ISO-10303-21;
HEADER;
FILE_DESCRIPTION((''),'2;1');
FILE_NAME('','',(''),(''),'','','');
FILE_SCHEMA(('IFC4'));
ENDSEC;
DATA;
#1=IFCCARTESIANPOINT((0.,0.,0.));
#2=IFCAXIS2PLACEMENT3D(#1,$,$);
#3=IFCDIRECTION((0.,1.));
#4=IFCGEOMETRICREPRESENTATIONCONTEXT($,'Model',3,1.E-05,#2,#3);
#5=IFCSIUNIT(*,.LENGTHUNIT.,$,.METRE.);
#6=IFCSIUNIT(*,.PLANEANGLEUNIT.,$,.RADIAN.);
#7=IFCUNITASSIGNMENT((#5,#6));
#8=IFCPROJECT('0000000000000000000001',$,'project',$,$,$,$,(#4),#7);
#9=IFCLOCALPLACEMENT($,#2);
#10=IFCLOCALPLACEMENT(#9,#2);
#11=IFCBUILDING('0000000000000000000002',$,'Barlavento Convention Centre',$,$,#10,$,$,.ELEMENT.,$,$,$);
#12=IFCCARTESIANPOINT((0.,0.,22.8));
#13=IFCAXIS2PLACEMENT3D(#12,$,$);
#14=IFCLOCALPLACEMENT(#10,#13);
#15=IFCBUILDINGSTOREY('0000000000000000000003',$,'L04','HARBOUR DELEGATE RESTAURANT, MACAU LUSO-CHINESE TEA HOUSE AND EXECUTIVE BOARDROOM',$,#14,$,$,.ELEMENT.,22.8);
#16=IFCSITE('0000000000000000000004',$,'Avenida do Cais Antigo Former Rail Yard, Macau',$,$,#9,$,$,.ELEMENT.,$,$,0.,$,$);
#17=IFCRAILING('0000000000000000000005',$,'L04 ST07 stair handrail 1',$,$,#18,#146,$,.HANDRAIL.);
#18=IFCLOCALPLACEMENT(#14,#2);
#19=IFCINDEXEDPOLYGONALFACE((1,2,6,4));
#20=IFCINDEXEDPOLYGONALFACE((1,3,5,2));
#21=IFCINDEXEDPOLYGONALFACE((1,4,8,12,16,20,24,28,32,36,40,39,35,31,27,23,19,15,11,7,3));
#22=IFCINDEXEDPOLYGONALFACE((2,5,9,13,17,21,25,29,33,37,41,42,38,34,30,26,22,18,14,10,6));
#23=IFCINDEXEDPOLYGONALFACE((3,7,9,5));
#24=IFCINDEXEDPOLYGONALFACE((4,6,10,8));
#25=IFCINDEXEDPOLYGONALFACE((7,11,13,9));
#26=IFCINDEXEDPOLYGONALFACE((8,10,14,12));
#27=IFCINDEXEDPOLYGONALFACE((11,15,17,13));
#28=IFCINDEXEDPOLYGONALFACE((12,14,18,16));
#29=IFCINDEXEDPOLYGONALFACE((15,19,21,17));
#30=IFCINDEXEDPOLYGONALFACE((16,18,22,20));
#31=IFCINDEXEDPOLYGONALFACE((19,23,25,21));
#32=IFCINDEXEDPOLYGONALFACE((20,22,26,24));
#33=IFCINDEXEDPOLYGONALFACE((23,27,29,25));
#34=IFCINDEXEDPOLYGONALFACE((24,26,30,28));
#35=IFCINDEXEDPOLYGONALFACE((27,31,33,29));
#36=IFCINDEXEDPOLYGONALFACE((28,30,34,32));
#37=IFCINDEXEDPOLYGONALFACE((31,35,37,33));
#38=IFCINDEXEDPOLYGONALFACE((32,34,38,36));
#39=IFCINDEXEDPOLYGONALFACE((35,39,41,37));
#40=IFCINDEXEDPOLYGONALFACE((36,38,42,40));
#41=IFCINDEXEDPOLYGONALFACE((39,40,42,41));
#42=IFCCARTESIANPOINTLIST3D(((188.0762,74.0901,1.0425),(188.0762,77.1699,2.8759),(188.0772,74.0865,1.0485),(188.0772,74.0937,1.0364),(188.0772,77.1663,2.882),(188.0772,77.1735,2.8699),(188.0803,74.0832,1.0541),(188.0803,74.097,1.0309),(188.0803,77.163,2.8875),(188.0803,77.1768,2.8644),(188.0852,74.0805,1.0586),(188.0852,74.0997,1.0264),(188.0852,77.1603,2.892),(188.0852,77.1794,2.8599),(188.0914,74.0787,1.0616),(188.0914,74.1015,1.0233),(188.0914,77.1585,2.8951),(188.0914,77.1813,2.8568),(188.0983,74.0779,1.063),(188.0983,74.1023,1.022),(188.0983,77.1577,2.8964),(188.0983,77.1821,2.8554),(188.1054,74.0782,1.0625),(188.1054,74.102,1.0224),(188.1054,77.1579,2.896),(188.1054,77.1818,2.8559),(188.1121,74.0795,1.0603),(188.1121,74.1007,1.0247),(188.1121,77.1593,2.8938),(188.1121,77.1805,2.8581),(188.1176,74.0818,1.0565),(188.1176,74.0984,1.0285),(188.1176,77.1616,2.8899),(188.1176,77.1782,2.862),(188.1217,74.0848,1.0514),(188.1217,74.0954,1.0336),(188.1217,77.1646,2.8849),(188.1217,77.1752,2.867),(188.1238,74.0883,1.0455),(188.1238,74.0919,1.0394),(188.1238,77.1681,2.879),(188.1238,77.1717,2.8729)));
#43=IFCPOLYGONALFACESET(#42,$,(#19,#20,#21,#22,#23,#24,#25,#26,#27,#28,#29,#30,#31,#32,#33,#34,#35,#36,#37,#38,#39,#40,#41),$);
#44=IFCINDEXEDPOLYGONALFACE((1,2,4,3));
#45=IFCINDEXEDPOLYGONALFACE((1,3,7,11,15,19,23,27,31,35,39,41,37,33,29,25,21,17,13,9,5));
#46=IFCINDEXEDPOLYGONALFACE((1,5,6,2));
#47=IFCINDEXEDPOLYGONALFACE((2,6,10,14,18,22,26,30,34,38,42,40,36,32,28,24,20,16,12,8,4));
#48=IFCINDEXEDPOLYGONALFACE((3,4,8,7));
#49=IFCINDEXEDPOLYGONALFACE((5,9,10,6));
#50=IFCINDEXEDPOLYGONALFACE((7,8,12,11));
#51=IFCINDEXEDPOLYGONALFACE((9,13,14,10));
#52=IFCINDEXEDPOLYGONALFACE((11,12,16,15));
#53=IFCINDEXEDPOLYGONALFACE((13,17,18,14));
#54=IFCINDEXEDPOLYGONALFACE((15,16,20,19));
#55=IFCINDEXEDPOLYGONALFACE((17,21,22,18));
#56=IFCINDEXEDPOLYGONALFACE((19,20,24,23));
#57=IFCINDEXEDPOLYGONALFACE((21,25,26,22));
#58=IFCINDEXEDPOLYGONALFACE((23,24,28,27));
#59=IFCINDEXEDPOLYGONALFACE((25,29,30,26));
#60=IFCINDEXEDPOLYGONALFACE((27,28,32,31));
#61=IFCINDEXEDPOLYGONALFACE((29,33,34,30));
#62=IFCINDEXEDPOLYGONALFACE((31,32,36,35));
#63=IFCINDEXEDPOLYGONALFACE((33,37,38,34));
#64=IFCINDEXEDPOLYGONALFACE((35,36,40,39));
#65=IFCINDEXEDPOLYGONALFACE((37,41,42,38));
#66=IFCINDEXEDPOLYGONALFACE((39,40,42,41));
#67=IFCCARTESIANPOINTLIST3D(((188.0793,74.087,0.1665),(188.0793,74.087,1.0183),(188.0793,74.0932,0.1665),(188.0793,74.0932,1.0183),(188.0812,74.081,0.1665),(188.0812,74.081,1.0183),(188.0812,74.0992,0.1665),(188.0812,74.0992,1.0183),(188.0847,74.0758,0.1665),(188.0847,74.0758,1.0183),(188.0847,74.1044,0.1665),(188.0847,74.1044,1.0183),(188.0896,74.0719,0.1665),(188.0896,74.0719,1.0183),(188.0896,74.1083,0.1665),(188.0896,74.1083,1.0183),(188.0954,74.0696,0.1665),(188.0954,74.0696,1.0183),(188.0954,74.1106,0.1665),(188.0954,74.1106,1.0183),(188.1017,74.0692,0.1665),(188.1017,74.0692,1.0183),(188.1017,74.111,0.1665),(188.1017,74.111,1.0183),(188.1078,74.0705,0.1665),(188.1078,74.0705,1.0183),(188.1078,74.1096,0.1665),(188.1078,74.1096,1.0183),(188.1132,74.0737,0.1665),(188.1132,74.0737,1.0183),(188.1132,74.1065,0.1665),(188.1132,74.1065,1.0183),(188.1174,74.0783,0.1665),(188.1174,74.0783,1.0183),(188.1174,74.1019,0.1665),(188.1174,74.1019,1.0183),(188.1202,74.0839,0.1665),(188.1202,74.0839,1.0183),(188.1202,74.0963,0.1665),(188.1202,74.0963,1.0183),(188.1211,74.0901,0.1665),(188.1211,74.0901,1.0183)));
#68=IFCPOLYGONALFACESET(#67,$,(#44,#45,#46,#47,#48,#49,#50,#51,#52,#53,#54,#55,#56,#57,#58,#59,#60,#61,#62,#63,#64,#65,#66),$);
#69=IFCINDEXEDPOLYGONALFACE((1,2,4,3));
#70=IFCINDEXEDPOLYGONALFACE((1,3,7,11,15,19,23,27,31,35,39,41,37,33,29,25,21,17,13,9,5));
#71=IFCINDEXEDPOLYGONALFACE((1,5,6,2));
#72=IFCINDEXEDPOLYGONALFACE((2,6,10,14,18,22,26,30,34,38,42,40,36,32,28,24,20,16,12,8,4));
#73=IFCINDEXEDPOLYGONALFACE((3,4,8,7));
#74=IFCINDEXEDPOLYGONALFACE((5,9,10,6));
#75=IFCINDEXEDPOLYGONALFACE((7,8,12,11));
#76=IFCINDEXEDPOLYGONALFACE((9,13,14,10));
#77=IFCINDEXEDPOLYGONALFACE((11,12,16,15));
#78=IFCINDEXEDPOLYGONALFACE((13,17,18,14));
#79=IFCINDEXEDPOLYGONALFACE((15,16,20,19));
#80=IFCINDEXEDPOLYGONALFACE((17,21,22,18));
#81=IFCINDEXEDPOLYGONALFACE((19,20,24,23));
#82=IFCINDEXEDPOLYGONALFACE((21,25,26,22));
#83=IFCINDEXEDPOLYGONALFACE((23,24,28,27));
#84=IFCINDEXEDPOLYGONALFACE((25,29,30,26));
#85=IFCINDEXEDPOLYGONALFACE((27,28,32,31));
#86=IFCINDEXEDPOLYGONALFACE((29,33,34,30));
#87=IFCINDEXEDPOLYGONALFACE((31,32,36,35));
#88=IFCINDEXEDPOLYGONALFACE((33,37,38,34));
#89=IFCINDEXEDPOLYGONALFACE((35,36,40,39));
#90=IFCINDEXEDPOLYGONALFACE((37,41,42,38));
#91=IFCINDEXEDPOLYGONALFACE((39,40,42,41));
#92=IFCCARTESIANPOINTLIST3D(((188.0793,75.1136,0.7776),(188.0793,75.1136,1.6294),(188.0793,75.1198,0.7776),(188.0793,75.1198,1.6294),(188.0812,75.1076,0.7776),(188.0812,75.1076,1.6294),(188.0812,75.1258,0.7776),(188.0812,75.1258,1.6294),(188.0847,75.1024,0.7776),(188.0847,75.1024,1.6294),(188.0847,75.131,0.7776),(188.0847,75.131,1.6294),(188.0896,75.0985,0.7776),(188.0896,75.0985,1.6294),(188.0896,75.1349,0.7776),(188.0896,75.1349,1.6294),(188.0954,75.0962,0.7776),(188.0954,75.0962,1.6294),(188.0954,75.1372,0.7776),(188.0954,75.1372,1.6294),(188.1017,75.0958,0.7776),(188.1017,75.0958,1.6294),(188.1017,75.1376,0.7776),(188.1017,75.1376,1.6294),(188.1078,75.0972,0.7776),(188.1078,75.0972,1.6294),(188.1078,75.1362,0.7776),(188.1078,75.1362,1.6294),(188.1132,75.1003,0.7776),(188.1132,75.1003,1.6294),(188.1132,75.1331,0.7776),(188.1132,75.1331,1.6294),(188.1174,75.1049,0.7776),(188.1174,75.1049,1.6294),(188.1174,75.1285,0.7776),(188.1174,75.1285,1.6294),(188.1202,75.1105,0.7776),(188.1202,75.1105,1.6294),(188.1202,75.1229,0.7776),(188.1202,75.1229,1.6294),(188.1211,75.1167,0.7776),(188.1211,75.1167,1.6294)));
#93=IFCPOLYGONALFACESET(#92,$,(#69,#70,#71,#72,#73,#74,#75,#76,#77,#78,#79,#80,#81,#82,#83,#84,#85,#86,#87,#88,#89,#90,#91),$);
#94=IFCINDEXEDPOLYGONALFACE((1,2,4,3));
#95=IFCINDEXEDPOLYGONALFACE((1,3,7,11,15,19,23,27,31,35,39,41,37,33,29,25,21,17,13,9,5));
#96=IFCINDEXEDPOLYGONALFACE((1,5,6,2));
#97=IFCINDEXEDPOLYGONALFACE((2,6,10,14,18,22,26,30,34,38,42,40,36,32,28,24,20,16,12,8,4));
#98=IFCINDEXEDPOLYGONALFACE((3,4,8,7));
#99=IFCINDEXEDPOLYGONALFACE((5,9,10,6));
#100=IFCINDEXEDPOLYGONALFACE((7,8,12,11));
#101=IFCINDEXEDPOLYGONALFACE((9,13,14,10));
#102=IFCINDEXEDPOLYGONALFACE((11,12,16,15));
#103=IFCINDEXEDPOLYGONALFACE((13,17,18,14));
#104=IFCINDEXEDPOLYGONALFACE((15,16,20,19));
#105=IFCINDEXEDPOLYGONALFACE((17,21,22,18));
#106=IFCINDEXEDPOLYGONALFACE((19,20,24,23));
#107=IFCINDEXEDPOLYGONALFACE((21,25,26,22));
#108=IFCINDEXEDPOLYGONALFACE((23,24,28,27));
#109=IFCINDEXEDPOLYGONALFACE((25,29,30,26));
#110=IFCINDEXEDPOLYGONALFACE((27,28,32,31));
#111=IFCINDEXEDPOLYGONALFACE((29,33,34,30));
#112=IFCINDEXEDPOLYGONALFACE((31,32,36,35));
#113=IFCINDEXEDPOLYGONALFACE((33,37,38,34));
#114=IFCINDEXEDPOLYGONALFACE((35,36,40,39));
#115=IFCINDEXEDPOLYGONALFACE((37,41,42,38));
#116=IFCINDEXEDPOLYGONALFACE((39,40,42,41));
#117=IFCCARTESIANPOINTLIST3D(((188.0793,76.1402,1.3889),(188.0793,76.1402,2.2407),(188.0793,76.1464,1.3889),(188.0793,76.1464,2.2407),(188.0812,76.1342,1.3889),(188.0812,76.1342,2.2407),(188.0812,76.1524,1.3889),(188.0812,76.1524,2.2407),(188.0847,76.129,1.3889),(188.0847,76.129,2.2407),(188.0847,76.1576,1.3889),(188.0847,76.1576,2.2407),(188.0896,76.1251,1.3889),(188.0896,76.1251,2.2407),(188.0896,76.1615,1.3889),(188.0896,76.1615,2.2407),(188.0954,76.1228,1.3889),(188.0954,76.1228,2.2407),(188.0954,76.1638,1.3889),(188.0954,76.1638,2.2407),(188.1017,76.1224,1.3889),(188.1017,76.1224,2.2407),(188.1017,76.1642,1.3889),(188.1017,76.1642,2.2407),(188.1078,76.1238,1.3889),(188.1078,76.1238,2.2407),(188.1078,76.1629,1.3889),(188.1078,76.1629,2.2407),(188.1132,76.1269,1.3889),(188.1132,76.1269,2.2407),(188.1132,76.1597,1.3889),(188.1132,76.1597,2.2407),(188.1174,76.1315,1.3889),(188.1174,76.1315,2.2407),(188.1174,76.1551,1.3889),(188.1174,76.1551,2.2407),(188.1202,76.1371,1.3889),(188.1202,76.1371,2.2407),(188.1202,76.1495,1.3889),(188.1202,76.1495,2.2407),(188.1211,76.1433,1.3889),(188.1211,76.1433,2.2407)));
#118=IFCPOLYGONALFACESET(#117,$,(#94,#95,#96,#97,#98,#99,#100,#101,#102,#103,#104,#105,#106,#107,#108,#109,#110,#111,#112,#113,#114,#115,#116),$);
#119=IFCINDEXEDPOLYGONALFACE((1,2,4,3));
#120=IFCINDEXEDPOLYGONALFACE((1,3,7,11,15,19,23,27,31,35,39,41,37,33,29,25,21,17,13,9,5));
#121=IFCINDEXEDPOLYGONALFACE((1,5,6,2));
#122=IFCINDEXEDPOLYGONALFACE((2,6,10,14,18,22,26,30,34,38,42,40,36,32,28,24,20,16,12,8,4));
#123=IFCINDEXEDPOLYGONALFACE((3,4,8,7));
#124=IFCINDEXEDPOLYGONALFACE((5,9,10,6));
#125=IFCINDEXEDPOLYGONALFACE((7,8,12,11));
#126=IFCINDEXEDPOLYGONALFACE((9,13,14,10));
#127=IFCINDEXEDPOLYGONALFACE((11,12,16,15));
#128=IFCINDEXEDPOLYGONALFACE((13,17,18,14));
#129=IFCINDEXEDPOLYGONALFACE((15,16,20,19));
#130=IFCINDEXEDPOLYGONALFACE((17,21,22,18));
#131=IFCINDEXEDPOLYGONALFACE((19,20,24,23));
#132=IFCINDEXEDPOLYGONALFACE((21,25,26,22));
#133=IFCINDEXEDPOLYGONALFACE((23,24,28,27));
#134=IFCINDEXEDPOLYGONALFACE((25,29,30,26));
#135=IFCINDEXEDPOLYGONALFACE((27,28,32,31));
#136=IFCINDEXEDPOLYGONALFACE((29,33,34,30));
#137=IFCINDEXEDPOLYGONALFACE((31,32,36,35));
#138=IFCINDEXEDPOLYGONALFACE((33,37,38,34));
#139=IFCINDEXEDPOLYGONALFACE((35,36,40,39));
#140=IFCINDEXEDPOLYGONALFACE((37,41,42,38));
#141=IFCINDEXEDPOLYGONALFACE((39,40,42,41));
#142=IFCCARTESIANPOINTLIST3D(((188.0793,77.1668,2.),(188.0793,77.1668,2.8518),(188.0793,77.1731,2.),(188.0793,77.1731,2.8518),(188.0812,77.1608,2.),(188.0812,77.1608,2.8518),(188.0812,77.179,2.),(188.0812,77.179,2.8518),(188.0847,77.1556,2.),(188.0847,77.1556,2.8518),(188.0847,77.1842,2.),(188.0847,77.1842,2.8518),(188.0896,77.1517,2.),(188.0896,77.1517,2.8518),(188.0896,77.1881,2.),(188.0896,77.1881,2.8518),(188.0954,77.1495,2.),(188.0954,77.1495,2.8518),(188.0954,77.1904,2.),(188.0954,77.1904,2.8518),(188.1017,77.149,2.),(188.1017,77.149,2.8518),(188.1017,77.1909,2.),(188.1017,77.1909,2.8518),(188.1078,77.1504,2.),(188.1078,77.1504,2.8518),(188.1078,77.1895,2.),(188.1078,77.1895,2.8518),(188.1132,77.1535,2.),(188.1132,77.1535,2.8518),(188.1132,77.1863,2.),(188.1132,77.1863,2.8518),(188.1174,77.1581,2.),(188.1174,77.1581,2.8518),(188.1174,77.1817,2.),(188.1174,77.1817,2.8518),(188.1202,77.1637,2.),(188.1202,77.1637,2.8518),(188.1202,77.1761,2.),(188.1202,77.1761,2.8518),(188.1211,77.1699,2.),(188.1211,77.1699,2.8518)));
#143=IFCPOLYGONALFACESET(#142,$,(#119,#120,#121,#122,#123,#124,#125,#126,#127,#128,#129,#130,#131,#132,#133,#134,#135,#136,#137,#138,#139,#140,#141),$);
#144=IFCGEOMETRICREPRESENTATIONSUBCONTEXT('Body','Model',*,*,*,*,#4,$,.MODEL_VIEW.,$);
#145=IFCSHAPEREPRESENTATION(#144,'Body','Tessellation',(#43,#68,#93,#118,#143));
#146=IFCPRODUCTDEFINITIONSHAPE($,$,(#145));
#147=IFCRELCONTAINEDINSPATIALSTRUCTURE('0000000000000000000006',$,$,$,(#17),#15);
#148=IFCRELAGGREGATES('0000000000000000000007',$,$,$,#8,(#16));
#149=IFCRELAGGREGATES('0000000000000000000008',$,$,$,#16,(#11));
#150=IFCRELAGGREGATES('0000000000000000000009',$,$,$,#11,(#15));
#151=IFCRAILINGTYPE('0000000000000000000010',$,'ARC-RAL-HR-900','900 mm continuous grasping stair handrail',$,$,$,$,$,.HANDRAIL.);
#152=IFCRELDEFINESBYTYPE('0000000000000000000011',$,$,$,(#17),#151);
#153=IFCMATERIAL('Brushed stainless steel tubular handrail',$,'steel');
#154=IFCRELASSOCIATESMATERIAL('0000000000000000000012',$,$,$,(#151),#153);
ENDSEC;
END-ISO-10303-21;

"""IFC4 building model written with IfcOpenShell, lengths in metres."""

from ifc_helpers import new_model, si_unit, direction, frame, origin, origin_2d, place, context, subcontext, project, spatial, circle, extrude, material, type_object, element, save


model = new_model("IFC4")

# Units and contexts
model_context = context("Model", 3, precision=1e-05, world=origin(), true_north=direction((0.0, 1.0)))
body_context = subcontext(model_context, "Body", "Model", "MODEL_VIEW")
ifc_project = project(units=[si_unit("LENGTHUNIT", "METRE"), si_unit("PLANEANGLEUNIT", "RADIAN")], contexts=[model_context])

# Site, building, storey
site_placement = place(None, origin())
site = spatial("IfcSite", under=ifc_project, at=site_placement, Name="Avenida do Cais Antigo Former Rail Yard, Macau", CompositionType="ELEMENT", RefElevation=0.0)
building_placement = place(site_placement, origin())
building = spatial("IfcBuilding", under=site, at=building_placement, Name="Barlavento Convention Centre", CompositionType="ELEMENT")
storey_placement = place(building_placement, frame((0.0, 0.0, 22.8)))
storey = spatial("IfcBuildingStorey", under=building, at=storey_placement, Name="L04", Description="HARBOUR DELEGATE RESTAURANT, MACAU LUSO-CHINESE TEA HOUSE AND EXECUTIVE BOARDROOM", CompositionType="ELEMENT", Elevation=22.8)

# Railing
ifc_material_1 = material(Name="Brushed stainless steel tubular handrail", Category="steel")
railing_type_1 = type_object("IfcRailingType", Name="ARC-RAL-HR-900", Description="900 mm continuous grasping stair handrail", PredefinedType="HANDRAIL", material=ifc_material_1)
railing_1_placement = place(storey_placement, frame((188.1001, 74.0901, 0.1665)))
element("IfcRailing", 1, at=railing_1_placement, inside=storey, type_object=railing_type_1, Name="L04 ST07 stair handrail 1", PredefinedType="HANDRAIL", context=body_context, shape_type="SweptSolid", body=[
    extrude(circle(Radius=0.0239, at=origin_2d()), frame((0.0, 0.0, 0.876), z_axis=(0.0, 0.859261, 0.511538), x_axis=(-1.0, 0.0, 0.0)), (0.0, 0.0, 1.0), 3.5842),
    extrude(circle(Radius=0.021, at=origin_2d()), origin(), (0.0, 0.0, 1.0), 0.8518),
    extrude(circle(Radius=0.021, at=origin_2d()), frame((0.0, 1.0266, 0.6111)), (0.0, 0.0, 1.0), 0.8518),
    extrude(circle(Radius=0.021, at=origin_2d()), frame((0.0, 2.0532, 1.2224)), (0.0, 0.0, 1.0), 0.8518),
    extrude(circle(Radius=0.021, at=origin_2d()), frame((0.0, 3.0798, 1.8335)), (0.0, 0.0, 1.0), 0.8518),
])

save(model, "model.ifc")
